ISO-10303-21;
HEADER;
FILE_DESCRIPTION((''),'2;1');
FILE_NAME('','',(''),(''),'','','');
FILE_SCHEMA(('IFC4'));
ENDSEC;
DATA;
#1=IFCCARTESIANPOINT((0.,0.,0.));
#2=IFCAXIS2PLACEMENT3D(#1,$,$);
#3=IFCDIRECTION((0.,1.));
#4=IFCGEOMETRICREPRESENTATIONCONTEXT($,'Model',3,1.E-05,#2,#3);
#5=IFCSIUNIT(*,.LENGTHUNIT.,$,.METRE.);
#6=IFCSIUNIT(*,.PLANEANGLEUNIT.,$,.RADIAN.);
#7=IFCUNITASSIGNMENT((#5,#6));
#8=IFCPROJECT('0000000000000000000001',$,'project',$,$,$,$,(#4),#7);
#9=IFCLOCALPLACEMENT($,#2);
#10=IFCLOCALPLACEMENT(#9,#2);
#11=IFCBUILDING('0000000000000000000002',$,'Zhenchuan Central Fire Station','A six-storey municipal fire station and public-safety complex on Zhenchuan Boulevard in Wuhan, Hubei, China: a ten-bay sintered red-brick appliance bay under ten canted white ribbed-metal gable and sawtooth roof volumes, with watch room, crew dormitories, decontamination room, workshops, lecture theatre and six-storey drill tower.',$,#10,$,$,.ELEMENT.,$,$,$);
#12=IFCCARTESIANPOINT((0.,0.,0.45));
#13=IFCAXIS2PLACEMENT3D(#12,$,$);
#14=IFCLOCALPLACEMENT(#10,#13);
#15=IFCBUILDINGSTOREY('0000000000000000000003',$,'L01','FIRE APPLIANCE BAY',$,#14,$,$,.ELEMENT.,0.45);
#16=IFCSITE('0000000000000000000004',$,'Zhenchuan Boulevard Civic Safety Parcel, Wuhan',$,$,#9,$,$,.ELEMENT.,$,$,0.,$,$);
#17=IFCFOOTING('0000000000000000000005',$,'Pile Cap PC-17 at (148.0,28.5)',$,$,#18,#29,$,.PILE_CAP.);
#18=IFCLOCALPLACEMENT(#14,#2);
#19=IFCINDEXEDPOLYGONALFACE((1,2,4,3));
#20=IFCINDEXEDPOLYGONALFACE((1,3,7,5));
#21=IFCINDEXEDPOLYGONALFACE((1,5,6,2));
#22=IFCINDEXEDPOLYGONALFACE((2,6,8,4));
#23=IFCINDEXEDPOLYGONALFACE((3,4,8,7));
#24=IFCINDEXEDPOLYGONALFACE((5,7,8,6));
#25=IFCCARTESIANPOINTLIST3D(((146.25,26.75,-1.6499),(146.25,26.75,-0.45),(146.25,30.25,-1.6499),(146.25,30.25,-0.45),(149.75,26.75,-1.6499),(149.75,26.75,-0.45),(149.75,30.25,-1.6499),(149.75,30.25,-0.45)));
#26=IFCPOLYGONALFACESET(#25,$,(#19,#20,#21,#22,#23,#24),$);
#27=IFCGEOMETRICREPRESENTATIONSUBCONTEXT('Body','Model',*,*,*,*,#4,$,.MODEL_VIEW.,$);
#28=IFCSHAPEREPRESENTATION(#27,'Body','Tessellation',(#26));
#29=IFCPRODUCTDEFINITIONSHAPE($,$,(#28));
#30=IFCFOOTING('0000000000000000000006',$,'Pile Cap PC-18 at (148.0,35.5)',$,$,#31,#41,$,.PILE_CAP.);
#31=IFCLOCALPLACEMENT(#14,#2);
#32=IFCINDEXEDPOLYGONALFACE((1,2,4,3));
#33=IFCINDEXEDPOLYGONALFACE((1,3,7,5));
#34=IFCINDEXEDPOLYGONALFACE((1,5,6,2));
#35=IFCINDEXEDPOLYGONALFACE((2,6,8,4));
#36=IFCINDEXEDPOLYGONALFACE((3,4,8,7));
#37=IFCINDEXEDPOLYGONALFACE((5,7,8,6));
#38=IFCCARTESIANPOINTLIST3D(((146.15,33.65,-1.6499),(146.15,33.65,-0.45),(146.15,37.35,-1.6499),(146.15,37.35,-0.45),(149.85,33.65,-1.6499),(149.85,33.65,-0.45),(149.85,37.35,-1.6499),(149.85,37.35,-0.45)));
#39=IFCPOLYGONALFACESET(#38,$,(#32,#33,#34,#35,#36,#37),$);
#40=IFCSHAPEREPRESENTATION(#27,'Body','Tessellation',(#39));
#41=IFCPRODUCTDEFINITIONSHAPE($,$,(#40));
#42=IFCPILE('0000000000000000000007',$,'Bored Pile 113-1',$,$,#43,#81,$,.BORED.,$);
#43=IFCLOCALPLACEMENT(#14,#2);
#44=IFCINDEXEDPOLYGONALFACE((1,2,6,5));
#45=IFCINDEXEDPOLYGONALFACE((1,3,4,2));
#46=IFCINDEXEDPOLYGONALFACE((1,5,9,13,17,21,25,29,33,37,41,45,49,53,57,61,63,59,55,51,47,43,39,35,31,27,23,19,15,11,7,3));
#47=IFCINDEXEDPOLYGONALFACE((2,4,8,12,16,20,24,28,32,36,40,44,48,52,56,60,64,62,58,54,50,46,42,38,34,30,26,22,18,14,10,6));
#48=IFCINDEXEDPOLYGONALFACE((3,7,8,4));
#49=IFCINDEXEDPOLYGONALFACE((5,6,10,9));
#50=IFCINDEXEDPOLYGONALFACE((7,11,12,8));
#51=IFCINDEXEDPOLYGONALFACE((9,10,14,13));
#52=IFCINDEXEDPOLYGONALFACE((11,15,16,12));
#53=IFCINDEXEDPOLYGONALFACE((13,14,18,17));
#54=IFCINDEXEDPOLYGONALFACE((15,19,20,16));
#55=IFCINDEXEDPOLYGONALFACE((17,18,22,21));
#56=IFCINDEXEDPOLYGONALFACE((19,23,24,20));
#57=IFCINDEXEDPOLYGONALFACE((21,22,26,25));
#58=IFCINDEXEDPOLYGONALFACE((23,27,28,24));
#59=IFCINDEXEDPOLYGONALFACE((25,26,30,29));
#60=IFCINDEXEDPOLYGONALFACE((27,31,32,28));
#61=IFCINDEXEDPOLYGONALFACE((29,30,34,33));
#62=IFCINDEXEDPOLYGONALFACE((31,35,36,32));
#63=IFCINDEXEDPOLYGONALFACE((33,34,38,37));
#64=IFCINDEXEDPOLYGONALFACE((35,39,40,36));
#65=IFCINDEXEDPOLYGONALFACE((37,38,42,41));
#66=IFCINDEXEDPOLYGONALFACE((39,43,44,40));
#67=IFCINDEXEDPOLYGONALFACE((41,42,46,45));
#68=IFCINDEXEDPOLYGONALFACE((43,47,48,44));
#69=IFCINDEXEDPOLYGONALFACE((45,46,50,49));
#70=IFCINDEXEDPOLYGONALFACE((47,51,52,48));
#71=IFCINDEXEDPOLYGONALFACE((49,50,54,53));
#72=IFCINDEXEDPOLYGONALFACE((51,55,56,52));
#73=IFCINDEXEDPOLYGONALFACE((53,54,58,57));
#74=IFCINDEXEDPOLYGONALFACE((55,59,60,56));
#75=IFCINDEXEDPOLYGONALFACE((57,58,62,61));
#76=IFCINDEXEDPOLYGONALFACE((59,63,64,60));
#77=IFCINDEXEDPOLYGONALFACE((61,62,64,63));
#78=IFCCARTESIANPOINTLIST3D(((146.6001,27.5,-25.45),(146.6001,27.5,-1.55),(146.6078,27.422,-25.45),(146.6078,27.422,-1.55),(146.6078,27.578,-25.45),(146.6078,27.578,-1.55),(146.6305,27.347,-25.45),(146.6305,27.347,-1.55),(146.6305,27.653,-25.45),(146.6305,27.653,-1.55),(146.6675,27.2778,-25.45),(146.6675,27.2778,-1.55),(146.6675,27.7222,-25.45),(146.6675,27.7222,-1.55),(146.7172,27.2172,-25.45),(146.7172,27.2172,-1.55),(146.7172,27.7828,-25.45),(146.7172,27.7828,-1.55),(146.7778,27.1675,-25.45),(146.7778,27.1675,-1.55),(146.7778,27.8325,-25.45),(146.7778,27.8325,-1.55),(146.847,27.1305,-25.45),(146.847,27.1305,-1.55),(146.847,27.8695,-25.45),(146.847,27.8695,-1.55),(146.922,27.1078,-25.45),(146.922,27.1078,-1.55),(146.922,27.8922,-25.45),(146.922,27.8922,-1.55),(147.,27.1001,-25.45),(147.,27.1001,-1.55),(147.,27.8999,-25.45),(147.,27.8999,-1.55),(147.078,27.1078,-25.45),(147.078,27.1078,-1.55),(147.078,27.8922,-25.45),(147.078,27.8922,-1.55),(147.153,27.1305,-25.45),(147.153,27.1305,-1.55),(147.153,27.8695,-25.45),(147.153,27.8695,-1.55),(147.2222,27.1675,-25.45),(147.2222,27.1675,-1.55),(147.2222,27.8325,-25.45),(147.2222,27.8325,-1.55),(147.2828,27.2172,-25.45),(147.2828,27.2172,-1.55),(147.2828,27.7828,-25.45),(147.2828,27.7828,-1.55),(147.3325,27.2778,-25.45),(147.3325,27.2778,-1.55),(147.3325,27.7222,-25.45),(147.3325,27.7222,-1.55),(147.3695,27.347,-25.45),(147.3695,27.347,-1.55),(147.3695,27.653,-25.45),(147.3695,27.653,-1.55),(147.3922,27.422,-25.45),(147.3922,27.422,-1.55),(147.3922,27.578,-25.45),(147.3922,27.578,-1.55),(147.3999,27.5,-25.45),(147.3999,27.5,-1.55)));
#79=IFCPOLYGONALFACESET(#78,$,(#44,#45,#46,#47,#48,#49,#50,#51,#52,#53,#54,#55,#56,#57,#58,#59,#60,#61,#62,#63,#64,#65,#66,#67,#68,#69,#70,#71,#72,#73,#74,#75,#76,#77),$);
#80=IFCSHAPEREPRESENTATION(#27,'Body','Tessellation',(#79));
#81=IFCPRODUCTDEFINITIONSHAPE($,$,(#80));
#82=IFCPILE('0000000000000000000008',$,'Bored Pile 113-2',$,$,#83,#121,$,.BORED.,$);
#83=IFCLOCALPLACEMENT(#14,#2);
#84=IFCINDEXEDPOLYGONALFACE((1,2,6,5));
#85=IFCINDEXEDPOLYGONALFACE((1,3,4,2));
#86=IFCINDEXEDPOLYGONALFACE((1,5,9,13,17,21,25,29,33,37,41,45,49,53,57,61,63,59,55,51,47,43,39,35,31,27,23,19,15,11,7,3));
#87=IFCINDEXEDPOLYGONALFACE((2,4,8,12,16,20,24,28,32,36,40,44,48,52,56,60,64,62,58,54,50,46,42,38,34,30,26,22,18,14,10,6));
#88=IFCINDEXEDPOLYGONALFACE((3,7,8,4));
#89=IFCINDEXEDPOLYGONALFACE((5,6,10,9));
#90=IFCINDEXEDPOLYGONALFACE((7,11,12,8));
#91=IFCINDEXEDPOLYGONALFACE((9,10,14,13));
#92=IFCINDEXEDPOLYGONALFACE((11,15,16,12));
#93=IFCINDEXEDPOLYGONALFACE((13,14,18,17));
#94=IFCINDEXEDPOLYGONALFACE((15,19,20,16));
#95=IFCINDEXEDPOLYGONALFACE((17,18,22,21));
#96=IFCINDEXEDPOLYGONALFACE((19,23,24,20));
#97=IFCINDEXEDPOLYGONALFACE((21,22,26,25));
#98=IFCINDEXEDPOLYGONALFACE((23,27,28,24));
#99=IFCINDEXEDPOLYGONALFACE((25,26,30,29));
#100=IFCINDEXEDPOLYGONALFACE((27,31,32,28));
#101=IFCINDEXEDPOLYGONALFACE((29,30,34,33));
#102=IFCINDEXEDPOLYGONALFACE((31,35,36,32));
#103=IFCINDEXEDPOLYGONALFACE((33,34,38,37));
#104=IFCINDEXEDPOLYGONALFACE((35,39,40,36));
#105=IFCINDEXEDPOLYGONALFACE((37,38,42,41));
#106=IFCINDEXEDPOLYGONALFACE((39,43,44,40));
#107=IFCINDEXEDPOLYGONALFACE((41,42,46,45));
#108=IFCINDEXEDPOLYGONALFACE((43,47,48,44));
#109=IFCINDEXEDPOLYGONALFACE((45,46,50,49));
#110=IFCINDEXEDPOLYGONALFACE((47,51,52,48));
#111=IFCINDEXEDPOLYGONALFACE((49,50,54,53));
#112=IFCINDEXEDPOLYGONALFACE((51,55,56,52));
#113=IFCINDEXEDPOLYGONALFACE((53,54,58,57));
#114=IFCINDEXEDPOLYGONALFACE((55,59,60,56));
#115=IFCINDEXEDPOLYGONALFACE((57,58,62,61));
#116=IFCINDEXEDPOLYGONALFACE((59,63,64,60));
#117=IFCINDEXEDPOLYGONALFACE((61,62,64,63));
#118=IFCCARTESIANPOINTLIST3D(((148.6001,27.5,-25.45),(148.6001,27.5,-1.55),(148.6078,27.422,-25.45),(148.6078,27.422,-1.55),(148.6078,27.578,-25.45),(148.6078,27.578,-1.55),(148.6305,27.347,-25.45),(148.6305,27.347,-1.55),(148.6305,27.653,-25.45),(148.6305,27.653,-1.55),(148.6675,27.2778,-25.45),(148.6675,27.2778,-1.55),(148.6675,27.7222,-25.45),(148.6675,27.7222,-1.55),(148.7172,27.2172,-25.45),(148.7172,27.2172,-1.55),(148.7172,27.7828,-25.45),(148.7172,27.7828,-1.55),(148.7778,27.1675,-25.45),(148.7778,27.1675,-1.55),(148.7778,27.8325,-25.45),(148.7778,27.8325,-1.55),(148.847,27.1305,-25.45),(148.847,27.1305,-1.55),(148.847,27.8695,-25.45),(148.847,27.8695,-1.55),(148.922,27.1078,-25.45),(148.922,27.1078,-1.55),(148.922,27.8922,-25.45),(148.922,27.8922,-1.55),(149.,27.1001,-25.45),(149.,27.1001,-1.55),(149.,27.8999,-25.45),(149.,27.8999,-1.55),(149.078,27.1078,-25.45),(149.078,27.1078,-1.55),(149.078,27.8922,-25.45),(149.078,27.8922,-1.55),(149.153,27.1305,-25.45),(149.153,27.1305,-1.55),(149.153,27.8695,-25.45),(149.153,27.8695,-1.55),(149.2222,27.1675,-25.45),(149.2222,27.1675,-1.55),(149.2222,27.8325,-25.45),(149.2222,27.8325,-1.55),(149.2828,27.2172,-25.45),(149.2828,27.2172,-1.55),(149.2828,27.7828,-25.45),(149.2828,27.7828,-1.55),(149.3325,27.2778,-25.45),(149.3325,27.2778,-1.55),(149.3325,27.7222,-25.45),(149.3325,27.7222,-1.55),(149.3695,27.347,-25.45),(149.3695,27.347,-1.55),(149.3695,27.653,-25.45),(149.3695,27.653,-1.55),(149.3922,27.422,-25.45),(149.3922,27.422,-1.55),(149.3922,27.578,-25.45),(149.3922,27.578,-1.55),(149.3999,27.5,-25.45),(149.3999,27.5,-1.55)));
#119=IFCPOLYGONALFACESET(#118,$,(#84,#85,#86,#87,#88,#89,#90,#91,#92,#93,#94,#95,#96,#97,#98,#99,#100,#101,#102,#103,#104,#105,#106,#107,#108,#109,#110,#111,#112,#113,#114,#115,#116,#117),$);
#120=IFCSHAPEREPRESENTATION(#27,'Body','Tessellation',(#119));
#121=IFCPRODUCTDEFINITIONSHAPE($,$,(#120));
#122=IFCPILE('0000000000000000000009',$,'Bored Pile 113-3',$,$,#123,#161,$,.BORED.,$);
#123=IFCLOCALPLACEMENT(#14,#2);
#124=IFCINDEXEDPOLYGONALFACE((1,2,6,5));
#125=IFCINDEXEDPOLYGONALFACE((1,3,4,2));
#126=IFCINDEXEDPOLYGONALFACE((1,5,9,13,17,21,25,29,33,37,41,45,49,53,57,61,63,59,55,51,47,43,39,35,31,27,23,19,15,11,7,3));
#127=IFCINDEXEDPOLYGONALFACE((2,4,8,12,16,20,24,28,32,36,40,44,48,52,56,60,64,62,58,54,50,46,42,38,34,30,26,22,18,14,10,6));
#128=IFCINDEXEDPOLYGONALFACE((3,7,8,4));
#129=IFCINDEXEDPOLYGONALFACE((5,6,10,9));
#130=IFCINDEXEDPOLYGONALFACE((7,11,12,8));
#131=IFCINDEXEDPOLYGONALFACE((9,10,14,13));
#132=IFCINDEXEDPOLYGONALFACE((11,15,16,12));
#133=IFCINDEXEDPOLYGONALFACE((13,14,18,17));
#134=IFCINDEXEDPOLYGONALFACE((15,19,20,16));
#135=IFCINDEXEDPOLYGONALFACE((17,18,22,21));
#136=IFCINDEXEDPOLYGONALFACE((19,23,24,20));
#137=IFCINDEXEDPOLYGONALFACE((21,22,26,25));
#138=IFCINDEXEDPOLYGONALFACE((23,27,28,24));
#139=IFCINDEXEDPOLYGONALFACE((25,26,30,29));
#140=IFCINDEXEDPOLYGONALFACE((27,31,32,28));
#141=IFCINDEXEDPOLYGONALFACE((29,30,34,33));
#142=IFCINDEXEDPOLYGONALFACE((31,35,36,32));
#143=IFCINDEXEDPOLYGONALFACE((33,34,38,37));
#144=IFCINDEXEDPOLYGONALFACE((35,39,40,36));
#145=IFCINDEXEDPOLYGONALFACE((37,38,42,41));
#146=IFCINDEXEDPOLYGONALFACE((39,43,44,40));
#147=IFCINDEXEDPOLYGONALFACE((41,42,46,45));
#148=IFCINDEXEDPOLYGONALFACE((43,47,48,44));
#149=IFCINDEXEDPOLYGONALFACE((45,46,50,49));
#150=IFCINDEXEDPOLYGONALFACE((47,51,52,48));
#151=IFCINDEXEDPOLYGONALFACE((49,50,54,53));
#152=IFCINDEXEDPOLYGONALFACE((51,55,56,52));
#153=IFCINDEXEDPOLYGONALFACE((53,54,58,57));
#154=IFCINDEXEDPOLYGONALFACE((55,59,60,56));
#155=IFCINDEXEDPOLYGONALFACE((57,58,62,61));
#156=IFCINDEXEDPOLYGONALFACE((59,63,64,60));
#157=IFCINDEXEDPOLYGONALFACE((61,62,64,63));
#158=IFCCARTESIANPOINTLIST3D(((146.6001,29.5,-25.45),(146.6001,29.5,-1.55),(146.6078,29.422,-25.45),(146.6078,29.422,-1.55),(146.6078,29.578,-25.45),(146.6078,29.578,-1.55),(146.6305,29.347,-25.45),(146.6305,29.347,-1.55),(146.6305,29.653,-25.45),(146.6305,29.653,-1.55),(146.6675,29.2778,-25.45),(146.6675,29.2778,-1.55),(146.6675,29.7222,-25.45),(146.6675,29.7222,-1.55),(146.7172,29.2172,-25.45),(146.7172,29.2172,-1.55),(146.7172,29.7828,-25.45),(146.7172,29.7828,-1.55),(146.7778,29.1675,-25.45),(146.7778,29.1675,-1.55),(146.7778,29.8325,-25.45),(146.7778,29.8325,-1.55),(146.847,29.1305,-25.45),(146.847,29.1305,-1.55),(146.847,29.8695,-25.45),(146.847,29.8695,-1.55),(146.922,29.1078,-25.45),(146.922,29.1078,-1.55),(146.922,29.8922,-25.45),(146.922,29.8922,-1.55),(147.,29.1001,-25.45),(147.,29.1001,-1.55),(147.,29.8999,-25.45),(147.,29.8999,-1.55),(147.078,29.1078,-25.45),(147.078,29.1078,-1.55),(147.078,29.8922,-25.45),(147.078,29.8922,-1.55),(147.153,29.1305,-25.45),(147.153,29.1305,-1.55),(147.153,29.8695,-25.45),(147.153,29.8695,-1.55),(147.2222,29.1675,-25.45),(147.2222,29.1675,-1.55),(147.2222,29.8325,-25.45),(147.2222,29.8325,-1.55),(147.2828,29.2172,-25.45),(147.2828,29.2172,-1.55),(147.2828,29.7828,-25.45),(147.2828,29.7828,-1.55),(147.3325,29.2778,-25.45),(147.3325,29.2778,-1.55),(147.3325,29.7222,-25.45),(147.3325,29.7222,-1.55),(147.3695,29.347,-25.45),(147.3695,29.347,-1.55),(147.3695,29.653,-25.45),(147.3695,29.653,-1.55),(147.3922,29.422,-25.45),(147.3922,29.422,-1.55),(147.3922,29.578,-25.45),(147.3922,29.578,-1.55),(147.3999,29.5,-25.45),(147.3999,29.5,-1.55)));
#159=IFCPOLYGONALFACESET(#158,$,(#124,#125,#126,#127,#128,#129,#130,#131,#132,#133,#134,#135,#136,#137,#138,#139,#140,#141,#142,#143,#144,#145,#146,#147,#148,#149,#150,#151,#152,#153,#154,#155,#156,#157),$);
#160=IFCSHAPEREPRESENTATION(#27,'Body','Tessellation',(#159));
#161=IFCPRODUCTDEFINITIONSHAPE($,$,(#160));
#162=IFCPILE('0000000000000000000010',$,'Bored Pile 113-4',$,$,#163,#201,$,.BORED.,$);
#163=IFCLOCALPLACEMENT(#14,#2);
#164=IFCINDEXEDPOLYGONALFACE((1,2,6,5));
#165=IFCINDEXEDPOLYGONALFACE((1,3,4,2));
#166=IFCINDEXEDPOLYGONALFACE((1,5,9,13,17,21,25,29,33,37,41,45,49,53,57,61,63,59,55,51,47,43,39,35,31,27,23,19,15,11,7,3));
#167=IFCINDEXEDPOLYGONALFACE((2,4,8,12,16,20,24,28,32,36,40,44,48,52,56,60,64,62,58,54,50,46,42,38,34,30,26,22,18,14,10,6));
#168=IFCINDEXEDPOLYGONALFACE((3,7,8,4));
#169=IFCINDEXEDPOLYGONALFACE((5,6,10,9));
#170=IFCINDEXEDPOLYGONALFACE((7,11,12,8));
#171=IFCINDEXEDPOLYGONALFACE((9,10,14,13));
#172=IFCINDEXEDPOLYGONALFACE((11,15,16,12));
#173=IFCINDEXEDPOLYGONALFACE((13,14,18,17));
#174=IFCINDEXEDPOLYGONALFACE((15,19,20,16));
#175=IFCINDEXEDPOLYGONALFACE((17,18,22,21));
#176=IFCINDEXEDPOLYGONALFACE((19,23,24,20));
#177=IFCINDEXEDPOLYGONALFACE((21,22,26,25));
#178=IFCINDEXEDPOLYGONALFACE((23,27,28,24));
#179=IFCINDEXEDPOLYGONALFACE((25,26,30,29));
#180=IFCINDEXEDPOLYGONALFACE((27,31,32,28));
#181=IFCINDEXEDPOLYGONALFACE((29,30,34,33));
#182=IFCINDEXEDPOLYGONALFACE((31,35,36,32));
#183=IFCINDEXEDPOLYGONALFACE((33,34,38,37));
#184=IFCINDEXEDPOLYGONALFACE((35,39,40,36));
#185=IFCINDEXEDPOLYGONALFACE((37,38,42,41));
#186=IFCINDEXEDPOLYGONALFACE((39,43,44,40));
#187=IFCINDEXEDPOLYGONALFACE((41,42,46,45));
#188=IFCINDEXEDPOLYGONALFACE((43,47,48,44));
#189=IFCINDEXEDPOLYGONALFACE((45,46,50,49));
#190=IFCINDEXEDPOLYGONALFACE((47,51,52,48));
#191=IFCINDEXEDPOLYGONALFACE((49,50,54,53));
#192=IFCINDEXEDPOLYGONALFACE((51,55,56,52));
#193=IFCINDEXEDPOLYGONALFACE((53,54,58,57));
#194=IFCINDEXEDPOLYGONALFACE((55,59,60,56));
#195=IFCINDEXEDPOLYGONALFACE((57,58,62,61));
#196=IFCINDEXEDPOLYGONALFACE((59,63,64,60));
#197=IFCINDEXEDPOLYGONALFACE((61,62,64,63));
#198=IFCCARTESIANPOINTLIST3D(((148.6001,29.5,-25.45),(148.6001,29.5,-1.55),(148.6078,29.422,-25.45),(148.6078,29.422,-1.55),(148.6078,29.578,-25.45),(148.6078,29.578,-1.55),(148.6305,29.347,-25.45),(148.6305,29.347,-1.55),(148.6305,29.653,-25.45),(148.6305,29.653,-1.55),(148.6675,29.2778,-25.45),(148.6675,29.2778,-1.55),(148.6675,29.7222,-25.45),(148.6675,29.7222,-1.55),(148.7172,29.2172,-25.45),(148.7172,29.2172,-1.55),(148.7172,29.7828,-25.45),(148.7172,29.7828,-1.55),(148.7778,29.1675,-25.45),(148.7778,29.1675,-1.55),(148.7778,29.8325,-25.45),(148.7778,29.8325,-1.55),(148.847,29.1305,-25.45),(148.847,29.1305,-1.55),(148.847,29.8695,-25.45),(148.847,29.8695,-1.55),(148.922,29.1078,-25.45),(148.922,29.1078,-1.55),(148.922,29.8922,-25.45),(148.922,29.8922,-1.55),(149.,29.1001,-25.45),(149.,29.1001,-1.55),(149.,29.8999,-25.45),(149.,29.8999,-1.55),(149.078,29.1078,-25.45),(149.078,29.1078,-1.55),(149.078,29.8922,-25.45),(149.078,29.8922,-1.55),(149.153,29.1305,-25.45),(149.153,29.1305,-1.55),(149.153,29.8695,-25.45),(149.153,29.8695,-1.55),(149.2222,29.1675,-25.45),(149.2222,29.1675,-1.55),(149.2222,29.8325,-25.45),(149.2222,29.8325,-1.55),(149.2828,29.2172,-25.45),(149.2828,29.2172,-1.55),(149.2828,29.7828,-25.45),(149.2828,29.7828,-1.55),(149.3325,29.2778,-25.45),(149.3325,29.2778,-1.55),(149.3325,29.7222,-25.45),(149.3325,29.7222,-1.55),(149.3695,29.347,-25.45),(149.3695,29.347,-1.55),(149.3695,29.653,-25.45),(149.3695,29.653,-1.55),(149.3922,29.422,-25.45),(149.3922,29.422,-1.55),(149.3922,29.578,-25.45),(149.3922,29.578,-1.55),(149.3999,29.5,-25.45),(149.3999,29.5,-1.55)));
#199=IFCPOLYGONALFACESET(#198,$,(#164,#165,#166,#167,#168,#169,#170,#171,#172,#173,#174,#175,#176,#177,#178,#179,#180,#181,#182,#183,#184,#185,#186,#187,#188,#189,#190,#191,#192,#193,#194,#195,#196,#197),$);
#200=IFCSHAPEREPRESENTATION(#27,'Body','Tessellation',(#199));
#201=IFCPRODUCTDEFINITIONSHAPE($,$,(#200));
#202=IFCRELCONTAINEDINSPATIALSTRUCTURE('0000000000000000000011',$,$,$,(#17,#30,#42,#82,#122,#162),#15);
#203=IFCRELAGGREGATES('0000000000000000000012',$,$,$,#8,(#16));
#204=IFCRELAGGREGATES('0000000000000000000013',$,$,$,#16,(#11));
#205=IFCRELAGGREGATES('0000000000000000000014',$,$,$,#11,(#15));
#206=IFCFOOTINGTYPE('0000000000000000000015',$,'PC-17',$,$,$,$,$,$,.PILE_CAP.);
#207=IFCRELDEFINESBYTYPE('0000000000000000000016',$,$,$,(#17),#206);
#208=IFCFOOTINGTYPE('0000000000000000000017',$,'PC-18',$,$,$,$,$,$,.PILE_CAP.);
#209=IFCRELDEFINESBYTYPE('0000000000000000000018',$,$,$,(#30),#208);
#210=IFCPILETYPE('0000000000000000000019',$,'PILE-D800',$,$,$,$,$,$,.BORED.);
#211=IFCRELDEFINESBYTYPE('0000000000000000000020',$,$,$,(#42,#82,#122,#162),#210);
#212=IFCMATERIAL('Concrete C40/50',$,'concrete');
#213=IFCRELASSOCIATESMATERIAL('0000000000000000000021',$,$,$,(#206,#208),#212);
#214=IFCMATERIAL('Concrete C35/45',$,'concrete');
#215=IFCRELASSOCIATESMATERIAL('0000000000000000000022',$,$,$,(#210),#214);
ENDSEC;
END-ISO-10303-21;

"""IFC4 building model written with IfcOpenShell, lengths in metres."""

from ifc_helpers import new_model, si_unit, direction, frame, origin, origin_2d, place, context, subcontext, project, spatial, rectangle, circle, extrude, material, material_profile, profile_set, type_object, element, save


model = new_model("IFC4")

# Units and contexts
model_context = context("Model", 3, precision=1e-05, world=origin(), true_north=direction((0.0, 1.0)))
body_context = subcontext(model_context, "Body", "Model", "MODEL_VIEW")
ifc_project = project(units=[si_unit("LENGTHUNIT", "METRE"), si_unit("PLANEANGLEUNIT", "RADIAN")], contexts=[model_context])

# Site, building, storey
site_placement = place(None, origin())
site = spatial("IfcSite", under=ifc_project, at=site_placement, Name="Zhenchuan Boulevard Civic Safety Parcel, Wuhan", CompositionType="ELEMENT", RefElevation=0.0)
building_placement = place(site_placement, origin())
building = spatial("IfcBuilding", under=site, at=building_placement, Name="Zhenchuan Central Fire Station", Description="A six-storey municipal fire station and public-safety complex on Zhenchuan Boulevard in Wuhan, Hubei, China: a ten-bay sintered red-brick appliance bay under ten canted white ribbed-metal gable and sawtooth roof volumes, with watch room, crew dormitories, decontamination room, workshops, lecture theatre and six-storey drill tower.", CompositionType="ELEMENT")
storey_placement = place(building_placement, frame((0.0, 0.0, 0.45)))
storey = spatial("IfcBuildingStorey", under=building, at=storey_placement, Name="L01", Description="FIRE APPLIANCE BAY", CompositionType="ELEMENT", Elevation=0.45)

# Footings
ifc_material_1 = material(Name="Concrete C40/50", Category="concrete")
footing_type_1 = type_object("IfcFootingType", Name="PC-17", PredefinedType="PILE_CAP", material=ifc_material_1)
footing_1_placement = place(storey_placement, frame((148.0, 28.5, -1.6499), z_axis=(0.0, 0.0, 1.0), x_axis=(1.0, 0.0, 0.0)))
element("IfcFooting", 1, at=footing_1_placement, inside=storey, type_object=footing_type_1, Name="Pile Cap PC-17 at (148.0,28.5)", PredefinedType="PILE_CAP", context=body_context, shape_type="SweptSolid", body=[
    extrude(rectangle(XDim=3.5, YDim=3.5, at=origin_2d()), origin(), (0.0, 0.0, 1.0), 1.2),
])
footing_type_2 = type_object("IfcFootingType", Name="PC-18", PredefinedType="PILE_CAP", material=ifc_material_1)
footing_2_placement = place(storey_placement, frame((148.0, 35.5, -1.6499), z_axis=(0.0, 0.0, 1.0), x_axis=(1.0, 0.0, 0.0)))
element("IfcFooting", 2, at=footing_2_placement, inside=storey, type_object=footing_type_2, Name="Pile Cap PC-18 at (148.0,35.5)", PredefinedType="PILE_CAP", context=body_context, shape_type="SweptSolid", body=[
    extrude(rectangle(XDim=3.7, YDim=3.7, at=origin_2d()), origin(), (0.0, 0.0, 1.0), 1.2),
])

# Piles
ifc_material_2 = material(Name="Concrete C35/45", Category="concrete")
ifc_material_profile_1 = material_profile(ifc_material_2, circle(Radius=0.3999, at=origin_2d()), Name="PILE D800")
ifc_profile_set_1 = profile_set([ifc_material_profile_1], Name="Concrete C35/45")
pile_type = type_object("IfcPileType", Name="PILE-D800", PredefinedType="BORED", material=ifc_profile_set_1)
for number, where, z_axis, x_axis, name in (
    (3, (147.0, 27.5, -1.55), (0.0, 0.0, -1.0), (1.0, 0.0, 0.0), "Bored Pile 113-1"),
    (4, (149.0, 27.5, -1.55), (0.0, 0.0, -1.0), (1.0, 0.0, 0.0), "Bored Pile 113-2"),
    (5, (147.0, 29.5, -1.55), (0.0, 0.0, -1.0), (1.0, 0.0, 0.0), "Bored Pile 113-3"),
    (6, (149.0, 29.5, -1.55), (0.0, 0.0, -1.0), (1.0, 0.0, 0.0), "Bored Pile 113-4"),
):
    element("IfcPile", number, at=place(storey_placement, frame(where, z_axis=z_axis, x_axis=x_axis)), inside=storey, type_object=pile_type, Name=name, PredefinedType="BORED", context=body_context, shape_type="SweptSolid", body=[
        extrude(circle(Radius=0.3999, at=origin_2d()), origin(), (0.0, 0.0, 1.0), 23.8999),
    ])

save(model, "model.ifc")
